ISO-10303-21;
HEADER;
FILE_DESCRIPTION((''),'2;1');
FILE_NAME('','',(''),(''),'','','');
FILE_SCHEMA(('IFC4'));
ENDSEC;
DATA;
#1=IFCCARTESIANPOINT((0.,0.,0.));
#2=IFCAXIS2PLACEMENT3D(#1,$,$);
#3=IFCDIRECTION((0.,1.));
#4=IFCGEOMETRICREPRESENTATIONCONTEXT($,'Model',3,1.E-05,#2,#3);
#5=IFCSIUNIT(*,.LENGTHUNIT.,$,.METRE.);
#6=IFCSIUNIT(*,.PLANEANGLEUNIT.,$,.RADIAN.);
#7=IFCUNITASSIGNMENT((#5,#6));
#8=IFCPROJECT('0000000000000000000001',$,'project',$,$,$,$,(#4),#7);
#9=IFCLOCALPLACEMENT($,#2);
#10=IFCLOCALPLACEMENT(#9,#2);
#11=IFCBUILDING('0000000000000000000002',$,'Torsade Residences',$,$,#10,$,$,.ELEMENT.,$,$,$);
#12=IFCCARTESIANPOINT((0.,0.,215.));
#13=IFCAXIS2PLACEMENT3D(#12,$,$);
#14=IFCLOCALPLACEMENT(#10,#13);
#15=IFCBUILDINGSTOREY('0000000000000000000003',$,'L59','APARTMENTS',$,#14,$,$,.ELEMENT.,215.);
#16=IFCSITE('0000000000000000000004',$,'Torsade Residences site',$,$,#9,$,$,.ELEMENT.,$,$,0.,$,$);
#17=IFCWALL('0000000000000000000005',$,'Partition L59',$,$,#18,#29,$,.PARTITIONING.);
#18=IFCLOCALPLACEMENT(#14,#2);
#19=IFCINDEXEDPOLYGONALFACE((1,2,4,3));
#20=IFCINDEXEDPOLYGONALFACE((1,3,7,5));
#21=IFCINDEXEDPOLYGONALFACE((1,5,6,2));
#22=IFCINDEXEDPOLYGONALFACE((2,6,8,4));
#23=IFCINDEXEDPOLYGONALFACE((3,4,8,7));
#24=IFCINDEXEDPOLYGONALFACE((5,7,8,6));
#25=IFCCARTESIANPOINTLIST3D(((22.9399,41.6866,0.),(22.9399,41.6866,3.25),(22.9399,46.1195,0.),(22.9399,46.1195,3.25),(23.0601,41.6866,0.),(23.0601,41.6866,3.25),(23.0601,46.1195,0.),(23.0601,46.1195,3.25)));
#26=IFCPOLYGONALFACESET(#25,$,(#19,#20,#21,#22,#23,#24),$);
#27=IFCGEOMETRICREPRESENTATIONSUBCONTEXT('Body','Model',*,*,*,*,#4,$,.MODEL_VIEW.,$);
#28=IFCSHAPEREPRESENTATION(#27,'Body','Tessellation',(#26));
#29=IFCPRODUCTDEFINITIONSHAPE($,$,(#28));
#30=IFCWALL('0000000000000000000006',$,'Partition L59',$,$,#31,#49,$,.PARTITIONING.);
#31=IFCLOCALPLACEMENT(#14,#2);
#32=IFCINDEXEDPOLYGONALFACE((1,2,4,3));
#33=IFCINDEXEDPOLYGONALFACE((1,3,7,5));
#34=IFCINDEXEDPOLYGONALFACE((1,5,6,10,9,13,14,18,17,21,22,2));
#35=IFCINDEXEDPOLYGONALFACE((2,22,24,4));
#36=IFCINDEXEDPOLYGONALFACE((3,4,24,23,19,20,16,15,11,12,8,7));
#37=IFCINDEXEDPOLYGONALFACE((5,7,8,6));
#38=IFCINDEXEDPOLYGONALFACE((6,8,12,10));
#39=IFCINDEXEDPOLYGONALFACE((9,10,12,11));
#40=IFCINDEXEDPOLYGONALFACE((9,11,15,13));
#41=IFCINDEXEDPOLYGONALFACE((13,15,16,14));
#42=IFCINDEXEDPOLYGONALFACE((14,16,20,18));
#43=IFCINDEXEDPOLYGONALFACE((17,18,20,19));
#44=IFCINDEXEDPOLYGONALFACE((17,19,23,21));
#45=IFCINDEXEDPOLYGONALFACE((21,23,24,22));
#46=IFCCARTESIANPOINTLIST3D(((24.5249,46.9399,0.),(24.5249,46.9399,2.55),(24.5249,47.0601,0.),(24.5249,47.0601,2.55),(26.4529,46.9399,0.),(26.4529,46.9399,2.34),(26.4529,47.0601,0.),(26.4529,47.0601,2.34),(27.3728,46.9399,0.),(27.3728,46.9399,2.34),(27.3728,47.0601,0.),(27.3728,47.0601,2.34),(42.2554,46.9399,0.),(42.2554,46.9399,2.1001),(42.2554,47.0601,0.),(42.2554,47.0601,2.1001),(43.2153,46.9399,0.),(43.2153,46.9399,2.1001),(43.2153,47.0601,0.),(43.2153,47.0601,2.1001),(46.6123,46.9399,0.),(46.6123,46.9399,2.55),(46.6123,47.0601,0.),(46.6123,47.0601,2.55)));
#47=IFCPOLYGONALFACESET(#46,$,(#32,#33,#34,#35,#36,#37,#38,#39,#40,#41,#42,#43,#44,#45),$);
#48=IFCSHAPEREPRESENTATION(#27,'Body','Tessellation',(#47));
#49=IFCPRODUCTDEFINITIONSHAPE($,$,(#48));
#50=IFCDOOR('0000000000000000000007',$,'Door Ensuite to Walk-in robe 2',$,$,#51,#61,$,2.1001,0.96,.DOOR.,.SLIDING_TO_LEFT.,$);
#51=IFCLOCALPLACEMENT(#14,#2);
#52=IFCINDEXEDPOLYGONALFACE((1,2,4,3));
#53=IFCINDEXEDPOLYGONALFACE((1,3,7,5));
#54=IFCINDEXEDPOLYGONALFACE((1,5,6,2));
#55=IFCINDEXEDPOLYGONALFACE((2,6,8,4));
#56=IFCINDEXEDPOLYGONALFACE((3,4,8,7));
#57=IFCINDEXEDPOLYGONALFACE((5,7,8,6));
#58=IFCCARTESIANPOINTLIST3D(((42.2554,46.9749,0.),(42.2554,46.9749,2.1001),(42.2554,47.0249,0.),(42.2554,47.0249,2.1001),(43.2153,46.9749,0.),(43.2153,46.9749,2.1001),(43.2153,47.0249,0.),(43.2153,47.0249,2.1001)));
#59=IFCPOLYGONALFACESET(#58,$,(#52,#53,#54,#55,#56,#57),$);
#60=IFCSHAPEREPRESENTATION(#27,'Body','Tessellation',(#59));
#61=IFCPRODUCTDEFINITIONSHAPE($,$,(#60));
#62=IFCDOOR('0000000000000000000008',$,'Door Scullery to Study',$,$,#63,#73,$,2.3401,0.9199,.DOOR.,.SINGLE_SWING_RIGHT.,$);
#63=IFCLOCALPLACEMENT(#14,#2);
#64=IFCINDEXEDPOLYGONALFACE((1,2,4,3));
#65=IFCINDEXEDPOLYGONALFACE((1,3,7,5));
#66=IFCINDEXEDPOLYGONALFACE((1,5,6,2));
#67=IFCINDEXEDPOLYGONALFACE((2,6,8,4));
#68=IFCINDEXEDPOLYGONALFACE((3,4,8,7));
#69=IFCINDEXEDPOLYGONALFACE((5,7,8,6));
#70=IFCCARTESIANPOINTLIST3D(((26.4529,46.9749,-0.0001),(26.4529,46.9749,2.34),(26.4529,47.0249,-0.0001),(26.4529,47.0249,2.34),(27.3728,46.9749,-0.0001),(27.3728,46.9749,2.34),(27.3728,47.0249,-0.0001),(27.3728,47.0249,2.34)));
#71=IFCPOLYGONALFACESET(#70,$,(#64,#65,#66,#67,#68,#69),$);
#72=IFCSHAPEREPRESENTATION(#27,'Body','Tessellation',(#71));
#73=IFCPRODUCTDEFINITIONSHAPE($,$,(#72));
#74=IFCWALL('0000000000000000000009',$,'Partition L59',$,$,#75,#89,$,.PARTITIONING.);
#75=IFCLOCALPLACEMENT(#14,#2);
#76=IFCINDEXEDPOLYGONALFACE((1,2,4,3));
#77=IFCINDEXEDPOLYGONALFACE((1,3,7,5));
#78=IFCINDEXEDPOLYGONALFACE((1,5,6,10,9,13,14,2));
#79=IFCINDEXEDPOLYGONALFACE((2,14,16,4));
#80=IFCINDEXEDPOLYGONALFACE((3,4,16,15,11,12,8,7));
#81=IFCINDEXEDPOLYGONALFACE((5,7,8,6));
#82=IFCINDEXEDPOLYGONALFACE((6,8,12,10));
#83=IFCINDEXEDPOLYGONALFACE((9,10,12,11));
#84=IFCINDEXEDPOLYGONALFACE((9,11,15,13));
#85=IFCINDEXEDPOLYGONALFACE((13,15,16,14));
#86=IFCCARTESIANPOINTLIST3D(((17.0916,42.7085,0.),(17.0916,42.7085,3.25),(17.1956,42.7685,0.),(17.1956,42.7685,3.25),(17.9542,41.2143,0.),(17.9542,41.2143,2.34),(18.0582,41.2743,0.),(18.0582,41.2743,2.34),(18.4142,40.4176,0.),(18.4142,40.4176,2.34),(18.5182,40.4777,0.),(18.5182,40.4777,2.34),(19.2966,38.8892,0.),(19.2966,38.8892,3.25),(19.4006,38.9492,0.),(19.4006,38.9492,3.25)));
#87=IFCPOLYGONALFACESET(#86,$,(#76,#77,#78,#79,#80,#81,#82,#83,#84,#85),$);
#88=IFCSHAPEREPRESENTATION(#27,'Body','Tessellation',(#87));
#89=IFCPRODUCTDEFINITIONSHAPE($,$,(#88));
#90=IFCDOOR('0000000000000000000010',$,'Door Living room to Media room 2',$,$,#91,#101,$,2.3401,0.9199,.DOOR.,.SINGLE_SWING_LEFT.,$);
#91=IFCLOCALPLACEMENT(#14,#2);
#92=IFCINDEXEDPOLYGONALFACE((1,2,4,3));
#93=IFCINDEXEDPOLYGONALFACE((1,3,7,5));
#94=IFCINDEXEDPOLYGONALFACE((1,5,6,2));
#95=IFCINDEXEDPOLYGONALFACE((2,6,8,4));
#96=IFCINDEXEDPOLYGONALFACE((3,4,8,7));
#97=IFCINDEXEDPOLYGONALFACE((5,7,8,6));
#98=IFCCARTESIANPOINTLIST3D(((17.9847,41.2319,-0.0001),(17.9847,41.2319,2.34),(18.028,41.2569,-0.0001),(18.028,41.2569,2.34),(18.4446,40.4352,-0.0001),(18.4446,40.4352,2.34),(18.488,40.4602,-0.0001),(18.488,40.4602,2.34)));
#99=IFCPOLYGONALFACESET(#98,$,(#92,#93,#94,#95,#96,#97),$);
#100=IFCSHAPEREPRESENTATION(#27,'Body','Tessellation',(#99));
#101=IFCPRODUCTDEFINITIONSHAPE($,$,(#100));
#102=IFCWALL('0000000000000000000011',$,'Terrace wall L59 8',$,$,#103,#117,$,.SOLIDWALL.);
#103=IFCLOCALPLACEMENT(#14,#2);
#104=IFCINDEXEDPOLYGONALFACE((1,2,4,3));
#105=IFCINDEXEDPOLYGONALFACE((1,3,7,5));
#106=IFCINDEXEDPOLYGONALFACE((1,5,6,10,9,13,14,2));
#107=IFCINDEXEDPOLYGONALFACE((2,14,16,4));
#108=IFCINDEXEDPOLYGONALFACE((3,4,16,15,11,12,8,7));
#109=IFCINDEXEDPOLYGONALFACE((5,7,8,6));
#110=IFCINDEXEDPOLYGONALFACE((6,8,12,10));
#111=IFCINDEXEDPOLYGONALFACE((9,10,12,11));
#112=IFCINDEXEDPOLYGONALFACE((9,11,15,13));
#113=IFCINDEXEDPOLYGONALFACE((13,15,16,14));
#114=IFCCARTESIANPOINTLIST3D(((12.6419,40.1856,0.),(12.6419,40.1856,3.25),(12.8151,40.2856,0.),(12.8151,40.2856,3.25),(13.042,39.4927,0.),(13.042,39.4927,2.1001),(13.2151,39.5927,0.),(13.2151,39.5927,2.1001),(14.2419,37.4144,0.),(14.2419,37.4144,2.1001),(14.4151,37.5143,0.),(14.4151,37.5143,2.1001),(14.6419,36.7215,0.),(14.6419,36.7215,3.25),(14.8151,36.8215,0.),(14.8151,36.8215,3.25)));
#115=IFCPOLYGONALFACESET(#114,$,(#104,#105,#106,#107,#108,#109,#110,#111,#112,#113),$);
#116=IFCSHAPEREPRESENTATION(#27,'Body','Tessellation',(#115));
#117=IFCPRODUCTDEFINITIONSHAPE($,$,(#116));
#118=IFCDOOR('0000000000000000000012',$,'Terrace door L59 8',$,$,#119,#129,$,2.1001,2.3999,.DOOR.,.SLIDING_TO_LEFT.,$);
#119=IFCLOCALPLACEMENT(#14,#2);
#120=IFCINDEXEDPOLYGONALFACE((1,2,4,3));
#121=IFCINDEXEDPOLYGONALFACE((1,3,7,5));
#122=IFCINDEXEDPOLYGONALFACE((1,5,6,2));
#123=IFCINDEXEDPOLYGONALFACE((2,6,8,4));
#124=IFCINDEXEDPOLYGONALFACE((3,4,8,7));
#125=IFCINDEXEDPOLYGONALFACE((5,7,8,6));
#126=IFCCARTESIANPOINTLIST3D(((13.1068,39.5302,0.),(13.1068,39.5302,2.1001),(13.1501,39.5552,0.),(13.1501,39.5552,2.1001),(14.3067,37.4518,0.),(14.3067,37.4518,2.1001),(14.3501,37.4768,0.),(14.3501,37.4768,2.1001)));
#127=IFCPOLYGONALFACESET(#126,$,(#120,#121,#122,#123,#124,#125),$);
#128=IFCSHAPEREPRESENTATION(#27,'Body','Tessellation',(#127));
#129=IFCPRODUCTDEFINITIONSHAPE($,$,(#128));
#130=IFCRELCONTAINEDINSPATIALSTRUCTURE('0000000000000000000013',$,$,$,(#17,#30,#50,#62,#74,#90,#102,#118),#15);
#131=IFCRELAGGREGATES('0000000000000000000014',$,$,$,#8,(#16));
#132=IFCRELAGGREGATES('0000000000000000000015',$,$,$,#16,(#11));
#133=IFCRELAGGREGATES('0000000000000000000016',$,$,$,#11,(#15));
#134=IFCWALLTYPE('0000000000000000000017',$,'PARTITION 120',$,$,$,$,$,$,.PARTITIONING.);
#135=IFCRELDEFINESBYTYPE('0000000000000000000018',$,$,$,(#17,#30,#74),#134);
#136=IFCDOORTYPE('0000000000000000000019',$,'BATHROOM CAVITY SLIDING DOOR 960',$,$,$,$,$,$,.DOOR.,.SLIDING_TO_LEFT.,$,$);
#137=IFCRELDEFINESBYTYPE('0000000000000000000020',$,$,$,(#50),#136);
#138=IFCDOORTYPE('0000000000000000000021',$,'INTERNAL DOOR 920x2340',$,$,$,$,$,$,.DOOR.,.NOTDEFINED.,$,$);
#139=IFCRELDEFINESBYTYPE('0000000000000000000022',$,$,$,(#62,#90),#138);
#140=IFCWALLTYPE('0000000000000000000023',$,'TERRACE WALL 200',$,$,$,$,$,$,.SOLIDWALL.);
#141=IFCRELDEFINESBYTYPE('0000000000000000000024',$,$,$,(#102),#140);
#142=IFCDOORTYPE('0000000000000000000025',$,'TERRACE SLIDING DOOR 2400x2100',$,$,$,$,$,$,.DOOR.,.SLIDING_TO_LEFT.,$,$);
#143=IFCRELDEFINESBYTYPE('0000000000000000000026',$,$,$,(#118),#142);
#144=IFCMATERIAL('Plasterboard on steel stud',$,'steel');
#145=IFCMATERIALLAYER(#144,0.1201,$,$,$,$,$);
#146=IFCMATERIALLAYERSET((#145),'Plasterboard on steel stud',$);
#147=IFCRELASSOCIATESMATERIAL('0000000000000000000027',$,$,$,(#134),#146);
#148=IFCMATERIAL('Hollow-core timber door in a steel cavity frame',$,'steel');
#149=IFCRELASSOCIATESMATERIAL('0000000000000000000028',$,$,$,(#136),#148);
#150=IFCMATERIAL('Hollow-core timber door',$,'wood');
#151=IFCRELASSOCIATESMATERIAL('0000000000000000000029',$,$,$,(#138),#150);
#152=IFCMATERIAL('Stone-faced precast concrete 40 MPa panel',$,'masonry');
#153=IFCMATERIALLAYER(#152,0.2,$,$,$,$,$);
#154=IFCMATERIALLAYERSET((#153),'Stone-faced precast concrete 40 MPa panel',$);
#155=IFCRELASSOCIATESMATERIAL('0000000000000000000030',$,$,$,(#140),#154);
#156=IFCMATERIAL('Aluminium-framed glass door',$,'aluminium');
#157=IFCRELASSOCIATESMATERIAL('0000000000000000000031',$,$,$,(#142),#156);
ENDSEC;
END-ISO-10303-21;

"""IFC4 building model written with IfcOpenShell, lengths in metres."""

from ifc_helpers import new_model, si_unit, direction, frame, frame_2d, origin, place, context, subcontext, project, spatial, rectangle, extrude, material, layer, layer_set, type_object, element, fill, save


model = new_model("IFC4")

# Units and contexts
model_context = context("Model", 3, precision=1e-05, world=origin(), true_north=direction((0.0, 1.0)))
body_context = subcontext(model_context, "Body", "Model", "MODEL_VIEW")
ifc_project = project(units=[si_unit("LENGTHUNIT", "METRE"), si_unit("PLANEANGLEUNIT", "RADIAN")], contexts=[model_context])

# Site, building, storey
site_placement = place(None, origin())
site = spatial("IfcSite", under=ifc_project, at=site_placement, Name="Torsade Residences site", CompositionType="ELEMENT", RefElevation=0.0)
building_placement = place(site_placement, origin())
building = spatial("IfcBuilding", under=site, at=building_placement, Name="Torsade Residences", CompositionType="ELEMENT")
storey_placement = place(building_placement, frame((0.0, 0.0, 215.0)))
storey = spatial("IfcBuildingStorey", under=building, at=storey_placement, Name="L59", Description="APARTMENTS", CompositionType="ELEMENT", Elevation=215.0)

# Wall
ifc_material_1 = material(Name="Plasterboard on steel stud", Category="steel")
ifc_layer_1 = layer(ifc_material_1, 0.1201)
ifc_layer_set_1 = layer_set([ifc_layer_1], Name="Plasterboard on steel stud")
wall_type_1 = type_object("IfcWallType", Name="PARTITION 120", PredefinedType="PARTITIONING", material=ifc_layer_set_1)
wall_1_placement = place(storey_placement, frame((23.0, 41.6868, 0.0), z_axis=(0.0, 0.0, 1.0), x_axis=(0.0, 1.0, 0.0)))
element("IfcWall", 1, at=wall_1_placement, inside=storey, type_object=wall_type_1, Name="Partition L59", PredefinedType="PARTITIONING", context=body_context, shape_type="SweptSolid", body=[
    extrude(rectangle(XDim=4.4329, YDim=0.1201, at=frame_2d((2.2163, 0.0))), origin(), (0.0, 0.0, 1.0), 3.25),
])

# Wall, openings, doors
wall_2_placement = place(storey_placement, frame((24.5249, 47.0, 0.0), z_axis=(0.0, 0.0, 1.0), x_axis=(1.0, 0.0, 0.0)))
wall_2 = element("IfcWall", 2, at=wall_2_placement, inside=storey, type_object=wall_type_1, Name="Partition L59", PredefinedType="PARTITIONING", context=body_context, shape_type="SweptSolid", body=[
    extrude(rectangle(XDim=22.0874, YDim=0.1201, at=frame_2d((11.0437, 0.0))), origin(), (0.0, 0.0, 1.0), 2.55),
])
opening_1_placement = place(wall_2_placement, frame((1.928, 0.0, 0.0)))
opening_1 = element("IfcOpeningElement", 3, at=opening_1_placement, cuts=wall_2, PredefinedType="OPENING", context=body_context, shape_type="SweptSolid", body=[
    extrude(rectangle(XDim=0.9199, YDim=2.3401, at=frame_2d((0.46, 1.1699))), frame((0.0, 0.0701, 0.0), z_axis=(0.0, -1.0, 0.0), x_axis=(1.0, 0.0, 0.0)), (0.0, 0.0, 1.0), 0.1401),
])
opening_2_placement = place(wall_2_placement, frame((17.7305, 0.0, 0.0)))
opening_2 = element("IfcOpeningElement", 4, at=opening_2_placement, cuts=wall_2, PredefinedType="OPENING", context=body_context, shape_type="SweptSolid", body=[
    extrude(rectangle(XDim=0.96, YDim=2.1001, at=frame_2d((0.48, 1.05))), frame((0.0, 0.0701, 0.0), z_axis=(0.0, -1.0, 0.0), x_axis=(1.0, 0.0, 0.0)), (0.0, 0.0, 1.0), 0.1401),
])
ifc_material_2 = material(Name="Hollow-core timber door in a steel cavity frame", Category="steel")
door_type_1 = type_object("IfcDoorType", Name="BATHROOM CAVITY SLIDING DOOR 960", OperationType="SLIDING_TO_LEFT", PredefinedType="DOOR", material=ifc_material_2)
door_1_placement = place(opening_2_placement, origin())
door_1 = element("IfcDoor", 5, at=door_1_placement, inside=storey, type_object=door_type_1, Name="Door Ensuite to Walk-in robe 2", OperationType="SLIDING_TO_LEFT", OverallHeight=2.1001, OverallWidth=0.96, PredefinedType="DOOR", context=body_context, shape_type="SweptSolid", body=[
    extrude(rectangle(XDim=0.96, YDim=2.1001, at=frame_2d((0.48, 1.05))), frame((0.0, 0.0249, 0.0), z_axis=(0.0, -1.0, 0.0), x_axis=(1.0, 0.0, 0.0)), (0.0, 0.0, 1.0), 0.05),
])
fill(opening_2, door_1)
ifc_material_3 = material(Name="Hollow-core timber door", Category="wood")
door_type_2 = type_object("IfcDoorType", Name="INTERNAL DOOR 920x2340", OperationType="NOTDEFINED", PredefinedType="DOOR", material=ifc_material_3)
door_2_placement = place(opening_1_placement, origin())
door_2 = element("IfcDoor", 6, at=door_2_placement, inside=storey, type_object=door_type_2, Name="Door Scullery to Study", OperationType="SINGLE_SWING_RIGHT", OverallHeight=2.3401, OverallWidth=0.9199, PredefinedType="DOOR", context=body_context, shape_type="SweptSolid", body=[
    extrude(rectangle(XDim=0.9199, YDim=2.3401, at=frame_2d((0.46, 1.1699))), frame((0.0, 0.0249, 0.0), z_axis=(0.0, -1.0, 0.0), x_axis=(1.0, 0.0, 0.0)), (0.0, 0.0, 1.0), 0.05),
])
fill(opening_1, door_2)

# Walls, openings, doors
wall_3_placement = place(storey_placement, frame((19.3486, 38.9192, 0.0), z_axis=(0.0, 0.0, 1.0), x_axis=(-0.499997, 0.866027, 0.0)))
wall_3 = element("IfcWall", 7, at=wall_3_placement, inside=storey, type_object=wall_type_1, Name="Partition L59", PredefinedType="PARTITIONING", context=body_context, shape_type="SweptSolid", body=[
    extrude(rectangle(XDim=4.4102, YDim=0.1201, at=frame_2d((2.2051, 0.0))), origin(), (0.0, 0.0, 1.0), 3.25),
])
opening_3_placement = place(wall_3_placement, frame((1.7649, 0.0, 0.0)))
opening_3 = element("IfcOpeningElement", 8, at=opening_3_placement, cuts=wall_3, PredefinedType="OPENING", context=body_context, shape_type="SweptSolid", body=[
    extrude(rectangle(XDim=0.9199, YDim=2.3401, at=frame_2d((0.46, 1.1699))), frame((0.0, 0.0701, 0.0), z_axis=(0.0, -1.0, 0.0), x_axis=(1.0, 0.0, 0.0)), (0.0, 0.0, 1.0), 0.1401),
])
door_3_placement = place(opening_3_placement, origin())
door_3 = element("IfcDoor", 9, at=door_3_placement, inside=storey, type_object=door_type_2, Name="Door Living room to Media room 2", OperationType="SINGLE_SWING_LEFT", OverallHeight=2.3401, OverallWidth=0.9199, PredefinedType="DOOR", context=body_context, shape_type="SweptSolid", body=[
    extrude(rectangle(XDim=0.9199, YDim=2.3401, at=frame_2d((0.46, 1.1699))), frame((0.0, 0.0249, 0.0), z_axis=(0.0, -1.0, 0.0), x_axis=(1.0, 0.0, 0.0)), (0.0, 0.0, 1.0), 0.05),
])
fill(opening_3, door_3)
ifc_material_4 = material(Name="Stone-faced precast concrete 40 MPa panel", Category="masonry")
ifc_layer_2 = layer(ifc_material_4, 0.2)
ifc_layer_set_2 = layer_set([ifc_layer_2], Name="Stone-faced precast concrete 40 MPa panel")
wall_type_2 = type_object("IfcWallType", Name="TERRACE WALL 200", PredefinedType="SOLIDWALL", material=ifc_layer_set_2)
wall_4_placement = place(storey_placement, frame((12.7285, 40.2356, 0.0), z_axis=(0.0, 0.0, 1.0), x_axis=(0.499999, -0.866026, 0.0)))
wall_4 = element("IfcWall", 10, at=wall_4_placement, inside=storey, type_object=wall_type_2, Name="Terrace wall L59 8", PredefinedType="SOLIDWALL", context=body_context, shape_type="SweptSolid", body=[
    extrude(rectangle(XDim=4.0, YDim=0.2, at=frame_2d((2.0, 0.0))), origin(), (0.0, 0.0, 1.0), 3.25),
])
opening_4_placement = place(wall_4_placement, frame((0.8, 0.0, 0.0)))
opening_4 = element("IfcOpeningElement", 11, at=opening_4_placement, cuts=wall_4, PredefinedType="OPENING", context=body_context, shape_type="SweptSolid", body=[
    extrude(rectangle(XDim=2.3999, YDim=2.1001, at=frame_2d((1.2, 1.05))), frame((0.0, 0.1099, 0.0), z_axis=(0.0, -1.0, 0.0), x_axis=(1.0, 0.0, 0.0)), (0.0, 0.0, 1.0), 0.22),
])
ifc_material_5 = material(Name="Aluminium-framed glass door", Category="aluminium")
door_type_3 = type_object("IfcDoorType", Name="TERRACE SLIDING DOOR 2400x2100", OperationType="SLIDING_TO_LEFT", PredefinedType="DOOR", material=ifc_material_5)
door_4_placement = place(opening_4_placement, origin())
door_4 = element("IfcDoor", 12, at=door_4_placement, inside=storey, type_object=door_type_3, Name="Terrace door L59 8", OperationType="SLIDING_TO_LEFT", OverallHeight=2.1001, OverallWidth=2.3999, PredefinedType="DOOR", context=body_context, shape_type="SweptSolid", body=[
    extrude(rectangle(XDim=2.3999, YDim=2.1001, at=frame_2d((1.2, 1.05))), frame((0.0, 0.0249, 0.0), z_axis=(0.0, -1.0, 0.0), x_axis=(1.0, 0.0, 0.0)), (0.0, 0.0, 1.0), 0.05),
])
fill(opening_4, door_4)

save(model, "model.ifc")
